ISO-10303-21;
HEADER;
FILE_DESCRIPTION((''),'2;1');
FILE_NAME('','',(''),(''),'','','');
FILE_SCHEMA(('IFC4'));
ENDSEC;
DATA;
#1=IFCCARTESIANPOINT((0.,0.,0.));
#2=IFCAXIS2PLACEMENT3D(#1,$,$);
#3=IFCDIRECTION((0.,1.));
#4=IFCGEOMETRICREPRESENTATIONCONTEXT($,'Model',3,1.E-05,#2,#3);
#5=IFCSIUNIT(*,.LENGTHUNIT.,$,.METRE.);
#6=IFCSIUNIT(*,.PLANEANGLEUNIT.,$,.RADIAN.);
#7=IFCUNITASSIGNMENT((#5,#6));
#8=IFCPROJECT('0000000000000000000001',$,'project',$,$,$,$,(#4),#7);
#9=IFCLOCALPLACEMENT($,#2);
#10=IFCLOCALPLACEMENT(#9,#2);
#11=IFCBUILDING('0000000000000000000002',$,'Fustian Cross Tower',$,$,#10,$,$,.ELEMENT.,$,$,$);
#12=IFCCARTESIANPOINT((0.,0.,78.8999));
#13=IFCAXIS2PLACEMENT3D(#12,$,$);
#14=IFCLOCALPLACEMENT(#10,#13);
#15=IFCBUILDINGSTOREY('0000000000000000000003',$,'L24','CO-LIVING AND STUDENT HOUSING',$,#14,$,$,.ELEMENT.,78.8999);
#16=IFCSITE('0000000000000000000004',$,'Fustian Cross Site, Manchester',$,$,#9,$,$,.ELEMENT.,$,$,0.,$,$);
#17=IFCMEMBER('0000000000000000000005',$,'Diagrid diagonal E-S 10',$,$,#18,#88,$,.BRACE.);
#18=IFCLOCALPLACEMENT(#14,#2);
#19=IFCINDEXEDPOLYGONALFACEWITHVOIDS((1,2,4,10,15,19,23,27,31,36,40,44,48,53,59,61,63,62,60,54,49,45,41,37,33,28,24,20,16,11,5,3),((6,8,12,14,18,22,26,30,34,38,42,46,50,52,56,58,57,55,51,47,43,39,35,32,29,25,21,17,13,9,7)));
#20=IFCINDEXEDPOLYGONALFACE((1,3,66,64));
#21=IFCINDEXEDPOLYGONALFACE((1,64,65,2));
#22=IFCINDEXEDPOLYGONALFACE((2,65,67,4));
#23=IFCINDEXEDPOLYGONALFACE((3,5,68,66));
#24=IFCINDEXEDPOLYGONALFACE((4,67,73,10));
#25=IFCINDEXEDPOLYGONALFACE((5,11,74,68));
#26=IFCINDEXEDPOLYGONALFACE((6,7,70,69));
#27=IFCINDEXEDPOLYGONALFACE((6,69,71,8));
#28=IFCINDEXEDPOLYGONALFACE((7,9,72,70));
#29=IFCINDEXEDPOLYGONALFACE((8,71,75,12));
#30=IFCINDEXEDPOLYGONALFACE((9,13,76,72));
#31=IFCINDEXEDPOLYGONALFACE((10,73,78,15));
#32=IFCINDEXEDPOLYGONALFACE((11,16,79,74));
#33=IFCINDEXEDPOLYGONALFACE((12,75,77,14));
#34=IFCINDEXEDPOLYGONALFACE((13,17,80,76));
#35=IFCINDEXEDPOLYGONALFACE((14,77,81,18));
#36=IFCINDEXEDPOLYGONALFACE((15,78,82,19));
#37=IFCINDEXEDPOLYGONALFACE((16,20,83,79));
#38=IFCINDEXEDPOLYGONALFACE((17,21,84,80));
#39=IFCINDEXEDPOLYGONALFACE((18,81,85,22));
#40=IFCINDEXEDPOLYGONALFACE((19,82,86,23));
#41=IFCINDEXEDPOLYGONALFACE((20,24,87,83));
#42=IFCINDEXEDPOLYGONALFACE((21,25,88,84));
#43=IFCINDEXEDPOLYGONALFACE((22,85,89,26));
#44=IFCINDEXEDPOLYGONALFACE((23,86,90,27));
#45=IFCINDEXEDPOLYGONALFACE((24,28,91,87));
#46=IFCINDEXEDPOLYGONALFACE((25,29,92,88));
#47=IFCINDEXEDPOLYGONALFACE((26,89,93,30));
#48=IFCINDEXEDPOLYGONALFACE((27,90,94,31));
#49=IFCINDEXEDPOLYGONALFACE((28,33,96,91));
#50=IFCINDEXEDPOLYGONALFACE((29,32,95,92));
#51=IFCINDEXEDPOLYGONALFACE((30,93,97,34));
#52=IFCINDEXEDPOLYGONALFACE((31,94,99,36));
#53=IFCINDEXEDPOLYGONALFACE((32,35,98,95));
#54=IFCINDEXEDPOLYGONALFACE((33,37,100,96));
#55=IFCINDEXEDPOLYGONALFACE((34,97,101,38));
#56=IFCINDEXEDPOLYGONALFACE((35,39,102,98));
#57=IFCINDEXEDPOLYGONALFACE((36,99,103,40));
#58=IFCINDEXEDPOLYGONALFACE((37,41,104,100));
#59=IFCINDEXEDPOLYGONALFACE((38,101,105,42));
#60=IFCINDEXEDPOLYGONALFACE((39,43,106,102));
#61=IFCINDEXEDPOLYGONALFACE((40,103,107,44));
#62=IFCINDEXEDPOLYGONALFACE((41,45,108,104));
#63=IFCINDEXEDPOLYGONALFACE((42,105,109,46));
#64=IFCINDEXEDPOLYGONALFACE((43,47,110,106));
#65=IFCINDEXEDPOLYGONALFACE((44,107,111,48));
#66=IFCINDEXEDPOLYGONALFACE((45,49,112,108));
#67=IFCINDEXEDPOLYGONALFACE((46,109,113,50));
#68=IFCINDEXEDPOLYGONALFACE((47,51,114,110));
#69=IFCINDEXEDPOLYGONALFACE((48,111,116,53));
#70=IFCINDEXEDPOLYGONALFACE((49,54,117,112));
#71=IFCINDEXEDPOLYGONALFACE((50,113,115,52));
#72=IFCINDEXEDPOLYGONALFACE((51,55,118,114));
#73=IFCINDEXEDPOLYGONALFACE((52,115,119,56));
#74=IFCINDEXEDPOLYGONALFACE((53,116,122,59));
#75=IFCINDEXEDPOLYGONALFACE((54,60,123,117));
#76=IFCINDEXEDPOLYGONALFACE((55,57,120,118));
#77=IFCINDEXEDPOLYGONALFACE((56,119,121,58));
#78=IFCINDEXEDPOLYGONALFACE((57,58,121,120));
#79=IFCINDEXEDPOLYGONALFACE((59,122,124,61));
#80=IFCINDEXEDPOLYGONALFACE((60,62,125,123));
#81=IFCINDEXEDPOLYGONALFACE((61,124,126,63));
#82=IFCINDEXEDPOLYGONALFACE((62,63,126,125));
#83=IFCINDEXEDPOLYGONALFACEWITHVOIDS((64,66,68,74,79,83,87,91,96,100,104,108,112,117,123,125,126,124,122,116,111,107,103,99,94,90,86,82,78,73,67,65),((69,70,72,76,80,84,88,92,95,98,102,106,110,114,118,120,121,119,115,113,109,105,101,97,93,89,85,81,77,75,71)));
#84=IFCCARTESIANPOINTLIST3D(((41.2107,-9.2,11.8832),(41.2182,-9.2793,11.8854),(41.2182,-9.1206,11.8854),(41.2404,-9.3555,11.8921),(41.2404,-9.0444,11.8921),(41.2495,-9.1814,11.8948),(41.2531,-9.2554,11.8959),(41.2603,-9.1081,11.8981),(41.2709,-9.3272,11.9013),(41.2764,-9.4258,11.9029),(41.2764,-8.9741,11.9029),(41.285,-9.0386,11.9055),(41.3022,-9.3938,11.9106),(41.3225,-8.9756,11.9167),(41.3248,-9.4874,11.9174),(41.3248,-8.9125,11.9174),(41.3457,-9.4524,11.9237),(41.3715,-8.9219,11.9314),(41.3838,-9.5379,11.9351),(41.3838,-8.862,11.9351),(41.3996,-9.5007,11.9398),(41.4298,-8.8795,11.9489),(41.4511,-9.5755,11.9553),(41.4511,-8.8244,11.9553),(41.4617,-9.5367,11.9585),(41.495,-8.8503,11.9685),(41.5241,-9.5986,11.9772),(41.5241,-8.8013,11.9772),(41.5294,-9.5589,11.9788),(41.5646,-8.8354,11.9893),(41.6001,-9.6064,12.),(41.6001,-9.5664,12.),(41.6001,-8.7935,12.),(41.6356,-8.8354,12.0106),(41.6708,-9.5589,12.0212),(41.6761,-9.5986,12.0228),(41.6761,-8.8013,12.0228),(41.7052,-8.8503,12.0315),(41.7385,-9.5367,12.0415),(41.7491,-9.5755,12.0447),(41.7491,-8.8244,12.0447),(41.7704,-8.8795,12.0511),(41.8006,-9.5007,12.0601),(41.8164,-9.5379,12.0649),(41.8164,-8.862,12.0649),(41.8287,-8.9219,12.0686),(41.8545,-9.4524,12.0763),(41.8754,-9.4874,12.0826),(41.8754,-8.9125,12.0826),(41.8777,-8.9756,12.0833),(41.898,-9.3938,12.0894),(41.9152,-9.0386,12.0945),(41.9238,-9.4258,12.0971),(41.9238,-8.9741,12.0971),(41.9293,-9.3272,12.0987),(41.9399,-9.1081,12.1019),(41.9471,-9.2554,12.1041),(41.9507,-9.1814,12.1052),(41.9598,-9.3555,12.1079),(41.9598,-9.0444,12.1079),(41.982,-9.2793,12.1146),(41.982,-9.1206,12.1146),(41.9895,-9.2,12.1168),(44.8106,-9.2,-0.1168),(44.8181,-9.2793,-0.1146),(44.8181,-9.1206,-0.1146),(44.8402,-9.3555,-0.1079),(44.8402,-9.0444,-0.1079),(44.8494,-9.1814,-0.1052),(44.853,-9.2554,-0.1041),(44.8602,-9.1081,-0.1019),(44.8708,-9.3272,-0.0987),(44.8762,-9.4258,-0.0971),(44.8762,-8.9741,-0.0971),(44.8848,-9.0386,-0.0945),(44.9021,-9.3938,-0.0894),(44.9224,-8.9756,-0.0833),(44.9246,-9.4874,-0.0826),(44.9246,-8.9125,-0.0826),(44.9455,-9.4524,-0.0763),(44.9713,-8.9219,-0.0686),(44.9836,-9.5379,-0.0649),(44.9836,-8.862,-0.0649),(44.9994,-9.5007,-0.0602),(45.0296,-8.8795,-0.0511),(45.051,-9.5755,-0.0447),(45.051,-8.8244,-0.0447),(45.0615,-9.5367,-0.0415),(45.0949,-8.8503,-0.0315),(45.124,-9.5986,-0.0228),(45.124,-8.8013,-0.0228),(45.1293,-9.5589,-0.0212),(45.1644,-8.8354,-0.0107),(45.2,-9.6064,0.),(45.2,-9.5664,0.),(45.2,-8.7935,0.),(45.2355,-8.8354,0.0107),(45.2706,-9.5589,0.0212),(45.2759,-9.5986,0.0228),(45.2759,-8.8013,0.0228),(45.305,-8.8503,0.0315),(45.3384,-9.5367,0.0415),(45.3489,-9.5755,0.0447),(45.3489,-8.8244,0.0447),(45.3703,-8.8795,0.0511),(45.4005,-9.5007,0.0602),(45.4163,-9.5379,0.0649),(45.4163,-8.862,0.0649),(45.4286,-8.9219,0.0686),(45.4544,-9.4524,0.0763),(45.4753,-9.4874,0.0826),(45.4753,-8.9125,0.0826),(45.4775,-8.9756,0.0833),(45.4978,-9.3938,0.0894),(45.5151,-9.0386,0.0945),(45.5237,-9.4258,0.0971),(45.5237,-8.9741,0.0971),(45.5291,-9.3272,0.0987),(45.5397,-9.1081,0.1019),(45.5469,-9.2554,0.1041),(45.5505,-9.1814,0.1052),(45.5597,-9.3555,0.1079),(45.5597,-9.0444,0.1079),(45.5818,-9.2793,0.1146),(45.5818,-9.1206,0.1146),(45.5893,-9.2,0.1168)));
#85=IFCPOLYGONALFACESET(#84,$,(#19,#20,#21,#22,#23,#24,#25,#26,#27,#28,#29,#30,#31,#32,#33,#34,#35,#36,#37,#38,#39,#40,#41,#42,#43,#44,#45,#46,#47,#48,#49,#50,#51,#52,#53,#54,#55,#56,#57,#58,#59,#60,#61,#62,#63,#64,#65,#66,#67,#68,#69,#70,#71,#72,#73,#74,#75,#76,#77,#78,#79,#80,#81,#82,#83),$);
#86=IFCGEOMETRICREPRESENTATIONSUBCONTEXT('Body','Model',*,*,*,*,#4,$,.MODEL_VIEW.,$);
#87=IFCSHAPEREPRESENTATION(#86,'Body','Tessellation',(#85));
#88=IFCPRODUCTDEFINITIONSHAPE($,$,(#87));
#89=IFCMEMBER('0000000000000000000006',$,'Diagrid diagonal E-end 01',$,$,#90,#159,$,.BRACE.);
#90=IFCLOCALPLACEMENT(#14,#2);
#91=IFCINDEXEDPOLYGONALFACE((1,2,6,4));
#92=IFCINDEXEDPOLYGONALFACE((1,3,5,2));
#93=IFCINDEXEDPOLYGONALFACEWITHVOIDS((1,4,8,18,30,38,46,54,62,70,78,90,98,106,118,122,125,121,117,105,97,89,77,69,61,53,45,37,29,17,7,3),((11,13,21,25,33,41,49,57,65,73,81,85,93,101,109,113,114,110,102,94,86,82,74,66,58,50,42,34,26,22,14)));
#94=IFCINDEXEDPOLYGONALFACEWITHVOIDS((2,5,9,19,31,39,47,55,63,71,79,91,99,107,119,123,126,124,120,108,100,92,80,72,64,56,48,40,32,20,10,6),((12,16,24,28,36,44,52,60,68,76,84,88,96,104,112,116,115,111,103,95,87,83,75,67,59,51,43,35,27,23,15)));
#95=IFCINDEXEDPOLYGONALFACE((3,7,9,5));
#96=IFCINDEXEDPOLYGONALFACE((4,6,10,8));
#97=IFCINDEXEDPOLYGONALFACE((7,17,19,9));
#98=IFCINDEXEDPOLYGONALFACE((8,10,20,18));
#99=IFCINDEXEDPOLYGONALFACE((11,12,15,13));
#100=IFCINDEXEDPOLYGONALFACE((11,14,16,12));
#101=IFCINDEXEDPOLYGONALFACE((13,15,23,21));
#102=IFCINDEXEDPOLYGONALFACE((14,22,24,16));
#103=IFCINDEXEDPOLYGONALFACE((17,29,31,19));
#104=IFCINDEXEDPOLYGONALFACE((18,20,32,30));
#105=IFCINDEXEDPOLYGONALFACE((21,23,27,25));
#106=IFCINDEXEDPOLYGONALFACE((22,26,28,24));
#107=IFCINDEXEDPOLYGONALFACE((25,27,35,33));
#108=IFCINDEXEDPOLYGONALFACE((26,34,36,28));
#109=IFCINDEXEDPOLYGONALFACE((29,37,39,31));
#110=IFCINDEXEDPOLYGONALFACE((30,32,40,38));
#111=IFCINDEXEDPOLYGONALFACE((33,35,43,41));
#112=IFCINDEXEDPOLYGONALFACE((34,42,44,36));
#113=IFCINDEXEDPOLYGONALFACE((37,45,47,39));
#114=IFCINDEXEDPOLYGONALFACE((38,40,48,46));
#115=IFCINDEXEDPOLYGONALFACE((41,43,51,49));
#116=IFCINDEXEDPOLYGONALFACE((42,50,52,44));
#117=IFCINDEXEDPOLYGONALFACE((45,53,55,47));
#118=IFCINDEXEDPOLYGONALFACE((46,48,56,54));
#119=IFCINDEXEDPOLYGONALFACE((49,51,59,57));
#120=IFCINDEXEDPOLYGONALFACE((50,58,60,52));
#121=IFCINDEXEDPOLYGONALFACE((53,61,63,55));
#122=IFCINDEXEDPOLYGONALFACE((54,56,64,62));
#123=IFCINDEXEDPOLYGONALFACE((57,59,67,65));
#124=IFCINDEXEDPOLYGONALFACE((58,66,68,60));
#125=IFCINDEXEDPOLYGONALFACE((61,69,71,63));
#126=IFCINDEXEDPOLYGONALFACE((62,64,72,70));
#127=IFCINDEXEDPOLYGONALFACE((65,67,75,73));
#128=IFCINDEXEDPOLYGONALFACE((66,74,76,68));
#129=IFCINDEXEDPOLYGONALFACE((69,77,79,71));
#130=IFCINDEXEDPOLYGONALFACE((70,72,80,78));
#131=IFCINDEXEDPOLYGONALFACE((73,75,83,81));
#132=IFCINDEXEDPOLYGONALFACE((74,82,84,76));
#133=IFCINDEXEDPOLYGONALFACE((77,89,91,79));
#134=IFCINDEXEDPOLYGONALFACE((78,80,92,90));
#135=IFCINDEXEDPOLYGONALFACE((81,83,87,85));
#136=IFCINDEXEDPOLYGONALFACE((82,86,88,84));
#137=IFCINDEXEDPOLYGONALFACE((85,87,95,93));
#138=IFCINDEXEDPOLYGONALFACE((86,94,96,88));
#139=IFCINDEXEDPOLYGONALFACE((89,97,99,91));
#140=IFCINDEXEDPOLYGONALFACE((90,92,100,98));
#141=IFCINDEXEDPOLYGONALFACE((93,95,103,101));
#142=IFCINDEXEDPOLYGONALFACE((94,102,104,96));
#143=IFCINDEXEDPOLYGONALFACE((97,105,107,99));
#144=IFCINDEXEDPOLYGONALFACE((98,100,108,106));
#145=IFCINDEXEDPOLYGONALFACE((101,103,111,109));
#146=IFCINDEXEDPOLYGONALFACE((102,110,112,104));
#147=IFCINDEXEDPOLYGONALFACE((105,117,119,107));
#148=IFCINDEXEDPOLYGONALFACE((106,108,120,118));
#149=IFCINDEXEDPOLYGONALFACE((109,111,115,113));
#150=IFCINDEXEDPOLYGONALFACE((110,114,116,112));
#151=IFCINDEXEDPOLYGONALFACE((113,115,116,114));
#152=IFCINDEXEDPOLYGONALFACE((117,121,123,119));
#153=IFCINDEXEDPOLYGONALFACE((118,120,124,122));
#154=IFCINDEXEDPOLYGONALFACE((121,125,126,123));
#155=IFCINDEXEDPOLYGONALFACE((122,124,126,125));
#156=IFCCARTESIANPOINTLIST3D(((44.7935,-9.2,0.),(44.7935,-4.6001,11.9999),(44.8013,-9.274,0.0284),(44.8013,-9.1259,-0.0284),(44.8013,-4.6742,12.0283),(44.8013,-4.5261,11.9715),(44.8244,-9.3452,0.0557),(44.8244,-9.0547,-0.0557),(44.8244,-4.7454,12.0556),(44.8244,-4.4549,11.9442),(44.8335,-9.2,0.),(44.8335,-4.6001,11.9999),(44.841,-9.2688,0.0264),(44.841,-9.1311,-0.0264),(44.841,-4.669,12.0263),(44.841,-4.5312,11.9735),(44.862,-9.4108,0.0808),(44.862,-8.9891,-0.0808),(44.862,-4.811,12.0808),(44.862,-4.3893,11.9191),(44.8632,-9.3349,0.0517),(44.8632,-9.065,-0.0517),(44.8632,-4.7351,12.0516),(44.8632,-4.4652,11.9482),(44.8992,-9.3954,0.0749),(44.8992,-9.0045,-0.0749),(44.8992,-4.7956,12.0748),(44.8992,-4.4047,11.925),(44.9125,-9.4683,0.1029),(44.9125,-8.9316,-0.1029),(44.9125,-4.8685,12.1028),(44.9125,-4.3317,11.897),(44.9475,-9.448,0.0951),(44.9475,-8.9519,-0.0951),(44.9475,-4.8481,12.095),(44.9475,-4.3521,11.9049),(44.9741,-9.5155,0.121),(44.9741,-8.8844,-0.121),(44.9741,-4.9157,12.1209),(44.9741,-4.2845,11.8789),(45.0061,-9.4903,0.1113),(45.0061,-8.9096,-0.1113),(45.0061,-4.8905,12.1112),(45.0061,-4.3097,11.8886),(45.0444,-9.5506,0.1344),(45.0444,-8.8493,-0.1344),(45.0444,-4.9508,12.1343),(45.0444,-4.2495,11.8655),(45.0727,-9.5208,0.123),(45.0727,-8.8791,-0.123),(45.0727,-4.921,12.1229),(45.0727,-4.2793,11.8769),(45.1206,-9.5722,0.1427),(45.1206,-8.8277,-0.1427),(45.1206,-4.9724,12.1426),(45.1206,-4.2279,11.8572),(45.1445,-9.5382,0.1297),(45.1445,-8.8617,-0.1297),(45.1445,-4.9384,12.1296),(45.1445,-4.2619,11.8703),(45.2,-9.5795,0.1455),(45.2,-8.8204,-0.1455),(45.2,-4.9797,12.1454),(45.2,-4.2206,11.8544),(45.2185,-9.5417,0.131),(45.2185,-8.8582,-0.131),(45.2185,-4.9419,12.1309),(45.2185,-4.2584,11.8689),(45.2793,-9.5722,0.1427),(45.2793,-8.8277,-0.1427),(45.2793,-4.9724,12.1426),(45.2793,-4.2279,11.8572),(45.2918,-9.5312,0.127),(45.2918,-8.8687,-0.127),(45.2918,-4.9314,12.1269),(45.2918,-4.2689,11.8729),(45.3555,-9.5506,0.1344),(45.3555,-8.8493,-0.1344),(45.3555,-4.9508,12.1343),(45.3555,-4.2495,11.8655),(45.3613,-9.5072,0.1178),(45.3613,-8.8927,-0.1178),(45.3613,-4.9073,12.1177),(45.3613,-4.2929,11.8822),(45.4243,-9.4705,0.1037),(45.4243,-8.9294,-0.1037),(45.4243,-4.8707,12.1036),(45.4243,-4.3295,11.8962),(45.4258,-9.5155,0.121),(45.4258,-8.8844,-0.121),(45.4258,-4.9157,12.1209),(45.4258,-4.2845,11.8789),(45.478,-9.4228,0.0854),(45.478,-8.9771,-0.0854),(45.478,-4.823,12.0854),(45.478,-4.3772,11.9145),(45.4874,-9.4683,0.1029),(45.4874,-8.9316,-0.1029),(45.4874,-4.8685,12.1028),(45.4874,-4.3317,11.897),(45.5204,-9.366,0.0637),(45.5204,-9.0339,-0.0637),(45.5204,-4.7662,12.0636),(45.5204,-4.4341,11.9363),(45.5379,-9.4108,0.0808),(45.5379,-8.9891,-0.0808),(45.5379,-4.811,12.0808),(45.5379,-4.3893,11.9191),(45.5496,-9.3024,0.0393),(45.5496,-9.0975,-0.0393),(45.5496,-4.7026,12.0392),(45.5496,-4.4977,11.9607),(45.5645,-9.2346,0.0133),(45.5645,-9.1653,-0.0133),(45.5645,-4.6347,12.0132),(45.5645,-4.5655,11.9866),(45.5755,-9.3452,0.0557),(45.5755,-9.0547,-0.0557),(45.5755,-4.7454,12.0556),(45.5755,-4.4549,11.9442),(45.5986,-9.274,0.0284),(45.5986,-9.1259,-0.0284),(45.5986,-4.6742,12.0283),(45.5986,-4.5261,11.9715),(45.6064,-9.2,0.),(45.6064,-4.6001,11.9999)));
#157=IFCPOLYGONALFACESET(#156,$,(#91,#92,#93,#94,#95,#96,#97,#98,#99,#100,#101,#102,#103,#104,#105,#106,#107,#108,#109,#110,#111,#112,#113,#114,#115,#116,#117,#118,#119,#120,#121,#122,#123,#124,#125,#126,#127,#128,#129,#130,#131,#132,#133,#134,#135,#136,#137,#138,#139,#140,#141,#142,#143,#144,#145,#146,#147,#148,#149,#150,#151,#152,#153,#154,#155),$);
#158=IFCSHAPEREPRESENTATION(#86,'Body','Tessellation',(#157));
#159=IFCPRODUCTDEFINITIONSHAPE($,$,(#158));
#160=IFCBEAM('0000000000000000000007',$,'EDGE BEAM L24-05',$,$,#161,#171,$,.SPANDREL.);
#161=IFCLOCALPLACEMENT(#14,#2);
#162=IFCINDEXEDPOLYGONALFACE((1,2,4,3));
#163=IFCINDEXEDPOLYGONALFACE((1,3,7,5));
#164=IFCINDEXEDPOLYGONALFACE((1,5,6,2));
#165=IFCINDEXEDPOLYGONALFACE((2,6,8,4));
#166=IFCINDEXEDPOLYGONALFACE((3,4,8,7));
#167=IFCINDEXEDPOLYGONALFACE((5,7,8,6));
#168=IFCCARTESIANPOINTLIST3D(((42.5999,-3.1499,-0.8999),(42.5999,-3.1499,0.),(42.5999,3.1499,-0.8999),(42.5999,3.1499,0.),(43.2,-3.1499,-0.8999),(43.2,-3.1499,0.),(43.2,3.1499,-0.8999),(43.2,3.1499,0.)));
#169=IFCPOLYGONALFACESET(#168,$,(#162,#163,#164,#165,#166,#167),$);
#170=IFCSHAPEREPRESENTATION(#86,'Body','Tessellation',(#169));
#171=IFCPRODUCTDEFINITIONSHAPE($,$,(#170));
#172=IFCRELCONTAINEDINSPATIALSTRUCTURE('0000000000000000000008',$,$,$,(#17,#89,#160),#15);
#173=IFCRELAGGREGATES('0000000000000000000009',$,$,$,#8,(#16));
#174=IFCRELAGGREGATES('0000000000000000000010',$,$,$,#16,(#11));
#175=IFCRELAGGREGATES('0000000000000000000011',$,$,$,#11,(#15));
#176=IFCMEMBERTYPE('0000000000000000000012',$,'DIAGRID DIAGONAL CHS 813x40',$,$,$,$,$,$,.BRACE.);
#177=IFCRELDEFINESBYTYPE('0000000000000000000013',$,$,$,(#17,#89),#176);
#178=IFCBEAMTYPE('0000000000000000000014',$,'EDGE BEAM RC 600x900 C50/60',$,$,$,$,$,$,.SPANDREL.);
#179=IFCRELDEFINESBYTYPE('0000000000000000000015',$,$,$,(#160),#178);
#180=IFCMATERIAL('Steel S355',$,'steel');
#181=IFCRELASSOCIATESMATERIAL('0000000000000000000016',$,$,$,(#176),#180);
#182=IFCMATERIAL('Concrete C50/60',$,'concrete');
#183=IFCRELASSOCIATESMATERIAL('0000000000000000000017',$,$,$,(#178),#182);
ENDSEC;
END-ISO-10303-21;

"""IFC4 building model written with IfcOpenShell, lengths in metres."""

from ifc_helpers import new_model, si_unit, direction, frame, origin, origin_2d, place, context, subcontext, project, spatial, rectangle, hollow_circle, extrude, material, material_profile, profile_set, type_object, element, save


model = new_model("IFC4")

# Units and contexts
model_context = context("Model", 3, precision=1e-05, world=origin(), true_north=direction((0.0, 1.0)))
body_context = subcontext(model_context, "Body", "Model", "MODEL_VIEW")
ifc_project = project(units=[si_unit("LENGTHUNIT", "METRE"), si_unit("PLANEANGLEUNIT", "RADIAN")], contexts=[model_context])

# Site, building, storey
site_placement = place(None, origin())
site = spatial("IfcSite", under=ifc_project, at=site_placement, Name="Fustian Cross Site, Manchester", CompositionType="ELEMENT", RefElevation=0.0)
building_placement = place(site_placement, origin())
building = spatial("IfcBuilding", under=site, at=building_placement, Name="Fustian Cross Tower", CompositionType="ELEMENT")
storey_placement = place(building_placement, frame((0.0, 0.0, 78.8999)))
storey = spatial("IfcBuildingStorey", under=building, at=storey_placement, Name="L24", Description="CO-LIVING AND STUDENT HOUSING", CompositionType="ELEMENT", Elevation=78.8999)

# Members
ifc_material_1 = material(Name="Steel S355", Category="steel")
ifc_material_profile_1 = material_profile(ifc_material_1, hollow_circle(Radius=0.4065, WallThickness=0.04, at=origin_2d()), Name="CHS 813x40")
ifc_profile_set_1 = profile_set([ifc_material_profile_1], Name="Steel S355")
member_type_1 = type_object("IfcMemberType", Name="DIAGRID DIAGONAL CHS 813x40", PredefinedType="BRACE", material=ifc_profile_set_1)
member_1_placement = place(storey_placement, frame((45.2, -9.2, 0.0), z_axis=(-0.287337, 0.0, 0.95783), x_axis=(0.0, -1.0, 0.0)))
element("IfcMember", 1, at=member_1_placement, inside=storey, type_object=member_type_1, Name="Diagrid diagonal E-S 10", PredefinedType="BRACE", context=body_context, shape_type="SweptSolid", body=[
    extrude(hollow_circle(Radius=0.4065, WallThickness=0.04, at=origin_2d()), origin(), (0.0, 0.0, 1.0), 12.5283),
])
member_2_placement = place(storey_placement, frame((45.2, -9.2, 0.0), z_axis=(0.0, 0.357926, 0.93375), x_axis=(-1.0, 0.0, 0.0)))
element("IfcMember", 2, at=member_2_placement, inside=storey, type_object=member_type_1, Name="Diagrid diagonal E-end 01", PredefinedType="BRACE", context=body_context, shape_type="SweptSolid", body=[
    extrude(hollow_circle(Radius=0.4065, WallThickness=0.04, at=origin_2d()), origin(), (0.0, 0.0, 1.0), 12.8513),
])

# Beam
ifc_material_2 = material(Name="Concrete C50/60", Category="concrete")
ifc_material_profile_2 = material_profile(ifc_material_2, rectangle(XDim=0.6001, YDim=0.8999, at=origin_2d()), Name="RC 600x900")
ifc_profile_set_2 = profile_set([ifc_material_profile_2], Name="Concrete C50/60")
beam_type = type_object("IfcBeamType", Name="EDGE BEAM RC 600x900 C50/60", PredefinedType="SPANDREL", material=ifc_profile_set_2)
beam_placement = place(storey_placement, frame((42.8999, -3.1499, -0.45), z_axis=(0.0, 1.0, 0.0), x_axis=(-1.0, 0.0, 0.0)))
element("IfcBeam", 3, at=beam_placement, inside=storey, type_object=beam_type, Name="EDGE BEAM L24-05", PredefinedType="SPANDREL", context=body_context, shape_type="SweptSolid", body=[
    extrude(rectangle(XDim=0.6001, YDim=0.8999, at=origin_2d()), origin(), (0.0, 0.0, 1.0), 6.2998),
])

save(model, "model.ifc")
